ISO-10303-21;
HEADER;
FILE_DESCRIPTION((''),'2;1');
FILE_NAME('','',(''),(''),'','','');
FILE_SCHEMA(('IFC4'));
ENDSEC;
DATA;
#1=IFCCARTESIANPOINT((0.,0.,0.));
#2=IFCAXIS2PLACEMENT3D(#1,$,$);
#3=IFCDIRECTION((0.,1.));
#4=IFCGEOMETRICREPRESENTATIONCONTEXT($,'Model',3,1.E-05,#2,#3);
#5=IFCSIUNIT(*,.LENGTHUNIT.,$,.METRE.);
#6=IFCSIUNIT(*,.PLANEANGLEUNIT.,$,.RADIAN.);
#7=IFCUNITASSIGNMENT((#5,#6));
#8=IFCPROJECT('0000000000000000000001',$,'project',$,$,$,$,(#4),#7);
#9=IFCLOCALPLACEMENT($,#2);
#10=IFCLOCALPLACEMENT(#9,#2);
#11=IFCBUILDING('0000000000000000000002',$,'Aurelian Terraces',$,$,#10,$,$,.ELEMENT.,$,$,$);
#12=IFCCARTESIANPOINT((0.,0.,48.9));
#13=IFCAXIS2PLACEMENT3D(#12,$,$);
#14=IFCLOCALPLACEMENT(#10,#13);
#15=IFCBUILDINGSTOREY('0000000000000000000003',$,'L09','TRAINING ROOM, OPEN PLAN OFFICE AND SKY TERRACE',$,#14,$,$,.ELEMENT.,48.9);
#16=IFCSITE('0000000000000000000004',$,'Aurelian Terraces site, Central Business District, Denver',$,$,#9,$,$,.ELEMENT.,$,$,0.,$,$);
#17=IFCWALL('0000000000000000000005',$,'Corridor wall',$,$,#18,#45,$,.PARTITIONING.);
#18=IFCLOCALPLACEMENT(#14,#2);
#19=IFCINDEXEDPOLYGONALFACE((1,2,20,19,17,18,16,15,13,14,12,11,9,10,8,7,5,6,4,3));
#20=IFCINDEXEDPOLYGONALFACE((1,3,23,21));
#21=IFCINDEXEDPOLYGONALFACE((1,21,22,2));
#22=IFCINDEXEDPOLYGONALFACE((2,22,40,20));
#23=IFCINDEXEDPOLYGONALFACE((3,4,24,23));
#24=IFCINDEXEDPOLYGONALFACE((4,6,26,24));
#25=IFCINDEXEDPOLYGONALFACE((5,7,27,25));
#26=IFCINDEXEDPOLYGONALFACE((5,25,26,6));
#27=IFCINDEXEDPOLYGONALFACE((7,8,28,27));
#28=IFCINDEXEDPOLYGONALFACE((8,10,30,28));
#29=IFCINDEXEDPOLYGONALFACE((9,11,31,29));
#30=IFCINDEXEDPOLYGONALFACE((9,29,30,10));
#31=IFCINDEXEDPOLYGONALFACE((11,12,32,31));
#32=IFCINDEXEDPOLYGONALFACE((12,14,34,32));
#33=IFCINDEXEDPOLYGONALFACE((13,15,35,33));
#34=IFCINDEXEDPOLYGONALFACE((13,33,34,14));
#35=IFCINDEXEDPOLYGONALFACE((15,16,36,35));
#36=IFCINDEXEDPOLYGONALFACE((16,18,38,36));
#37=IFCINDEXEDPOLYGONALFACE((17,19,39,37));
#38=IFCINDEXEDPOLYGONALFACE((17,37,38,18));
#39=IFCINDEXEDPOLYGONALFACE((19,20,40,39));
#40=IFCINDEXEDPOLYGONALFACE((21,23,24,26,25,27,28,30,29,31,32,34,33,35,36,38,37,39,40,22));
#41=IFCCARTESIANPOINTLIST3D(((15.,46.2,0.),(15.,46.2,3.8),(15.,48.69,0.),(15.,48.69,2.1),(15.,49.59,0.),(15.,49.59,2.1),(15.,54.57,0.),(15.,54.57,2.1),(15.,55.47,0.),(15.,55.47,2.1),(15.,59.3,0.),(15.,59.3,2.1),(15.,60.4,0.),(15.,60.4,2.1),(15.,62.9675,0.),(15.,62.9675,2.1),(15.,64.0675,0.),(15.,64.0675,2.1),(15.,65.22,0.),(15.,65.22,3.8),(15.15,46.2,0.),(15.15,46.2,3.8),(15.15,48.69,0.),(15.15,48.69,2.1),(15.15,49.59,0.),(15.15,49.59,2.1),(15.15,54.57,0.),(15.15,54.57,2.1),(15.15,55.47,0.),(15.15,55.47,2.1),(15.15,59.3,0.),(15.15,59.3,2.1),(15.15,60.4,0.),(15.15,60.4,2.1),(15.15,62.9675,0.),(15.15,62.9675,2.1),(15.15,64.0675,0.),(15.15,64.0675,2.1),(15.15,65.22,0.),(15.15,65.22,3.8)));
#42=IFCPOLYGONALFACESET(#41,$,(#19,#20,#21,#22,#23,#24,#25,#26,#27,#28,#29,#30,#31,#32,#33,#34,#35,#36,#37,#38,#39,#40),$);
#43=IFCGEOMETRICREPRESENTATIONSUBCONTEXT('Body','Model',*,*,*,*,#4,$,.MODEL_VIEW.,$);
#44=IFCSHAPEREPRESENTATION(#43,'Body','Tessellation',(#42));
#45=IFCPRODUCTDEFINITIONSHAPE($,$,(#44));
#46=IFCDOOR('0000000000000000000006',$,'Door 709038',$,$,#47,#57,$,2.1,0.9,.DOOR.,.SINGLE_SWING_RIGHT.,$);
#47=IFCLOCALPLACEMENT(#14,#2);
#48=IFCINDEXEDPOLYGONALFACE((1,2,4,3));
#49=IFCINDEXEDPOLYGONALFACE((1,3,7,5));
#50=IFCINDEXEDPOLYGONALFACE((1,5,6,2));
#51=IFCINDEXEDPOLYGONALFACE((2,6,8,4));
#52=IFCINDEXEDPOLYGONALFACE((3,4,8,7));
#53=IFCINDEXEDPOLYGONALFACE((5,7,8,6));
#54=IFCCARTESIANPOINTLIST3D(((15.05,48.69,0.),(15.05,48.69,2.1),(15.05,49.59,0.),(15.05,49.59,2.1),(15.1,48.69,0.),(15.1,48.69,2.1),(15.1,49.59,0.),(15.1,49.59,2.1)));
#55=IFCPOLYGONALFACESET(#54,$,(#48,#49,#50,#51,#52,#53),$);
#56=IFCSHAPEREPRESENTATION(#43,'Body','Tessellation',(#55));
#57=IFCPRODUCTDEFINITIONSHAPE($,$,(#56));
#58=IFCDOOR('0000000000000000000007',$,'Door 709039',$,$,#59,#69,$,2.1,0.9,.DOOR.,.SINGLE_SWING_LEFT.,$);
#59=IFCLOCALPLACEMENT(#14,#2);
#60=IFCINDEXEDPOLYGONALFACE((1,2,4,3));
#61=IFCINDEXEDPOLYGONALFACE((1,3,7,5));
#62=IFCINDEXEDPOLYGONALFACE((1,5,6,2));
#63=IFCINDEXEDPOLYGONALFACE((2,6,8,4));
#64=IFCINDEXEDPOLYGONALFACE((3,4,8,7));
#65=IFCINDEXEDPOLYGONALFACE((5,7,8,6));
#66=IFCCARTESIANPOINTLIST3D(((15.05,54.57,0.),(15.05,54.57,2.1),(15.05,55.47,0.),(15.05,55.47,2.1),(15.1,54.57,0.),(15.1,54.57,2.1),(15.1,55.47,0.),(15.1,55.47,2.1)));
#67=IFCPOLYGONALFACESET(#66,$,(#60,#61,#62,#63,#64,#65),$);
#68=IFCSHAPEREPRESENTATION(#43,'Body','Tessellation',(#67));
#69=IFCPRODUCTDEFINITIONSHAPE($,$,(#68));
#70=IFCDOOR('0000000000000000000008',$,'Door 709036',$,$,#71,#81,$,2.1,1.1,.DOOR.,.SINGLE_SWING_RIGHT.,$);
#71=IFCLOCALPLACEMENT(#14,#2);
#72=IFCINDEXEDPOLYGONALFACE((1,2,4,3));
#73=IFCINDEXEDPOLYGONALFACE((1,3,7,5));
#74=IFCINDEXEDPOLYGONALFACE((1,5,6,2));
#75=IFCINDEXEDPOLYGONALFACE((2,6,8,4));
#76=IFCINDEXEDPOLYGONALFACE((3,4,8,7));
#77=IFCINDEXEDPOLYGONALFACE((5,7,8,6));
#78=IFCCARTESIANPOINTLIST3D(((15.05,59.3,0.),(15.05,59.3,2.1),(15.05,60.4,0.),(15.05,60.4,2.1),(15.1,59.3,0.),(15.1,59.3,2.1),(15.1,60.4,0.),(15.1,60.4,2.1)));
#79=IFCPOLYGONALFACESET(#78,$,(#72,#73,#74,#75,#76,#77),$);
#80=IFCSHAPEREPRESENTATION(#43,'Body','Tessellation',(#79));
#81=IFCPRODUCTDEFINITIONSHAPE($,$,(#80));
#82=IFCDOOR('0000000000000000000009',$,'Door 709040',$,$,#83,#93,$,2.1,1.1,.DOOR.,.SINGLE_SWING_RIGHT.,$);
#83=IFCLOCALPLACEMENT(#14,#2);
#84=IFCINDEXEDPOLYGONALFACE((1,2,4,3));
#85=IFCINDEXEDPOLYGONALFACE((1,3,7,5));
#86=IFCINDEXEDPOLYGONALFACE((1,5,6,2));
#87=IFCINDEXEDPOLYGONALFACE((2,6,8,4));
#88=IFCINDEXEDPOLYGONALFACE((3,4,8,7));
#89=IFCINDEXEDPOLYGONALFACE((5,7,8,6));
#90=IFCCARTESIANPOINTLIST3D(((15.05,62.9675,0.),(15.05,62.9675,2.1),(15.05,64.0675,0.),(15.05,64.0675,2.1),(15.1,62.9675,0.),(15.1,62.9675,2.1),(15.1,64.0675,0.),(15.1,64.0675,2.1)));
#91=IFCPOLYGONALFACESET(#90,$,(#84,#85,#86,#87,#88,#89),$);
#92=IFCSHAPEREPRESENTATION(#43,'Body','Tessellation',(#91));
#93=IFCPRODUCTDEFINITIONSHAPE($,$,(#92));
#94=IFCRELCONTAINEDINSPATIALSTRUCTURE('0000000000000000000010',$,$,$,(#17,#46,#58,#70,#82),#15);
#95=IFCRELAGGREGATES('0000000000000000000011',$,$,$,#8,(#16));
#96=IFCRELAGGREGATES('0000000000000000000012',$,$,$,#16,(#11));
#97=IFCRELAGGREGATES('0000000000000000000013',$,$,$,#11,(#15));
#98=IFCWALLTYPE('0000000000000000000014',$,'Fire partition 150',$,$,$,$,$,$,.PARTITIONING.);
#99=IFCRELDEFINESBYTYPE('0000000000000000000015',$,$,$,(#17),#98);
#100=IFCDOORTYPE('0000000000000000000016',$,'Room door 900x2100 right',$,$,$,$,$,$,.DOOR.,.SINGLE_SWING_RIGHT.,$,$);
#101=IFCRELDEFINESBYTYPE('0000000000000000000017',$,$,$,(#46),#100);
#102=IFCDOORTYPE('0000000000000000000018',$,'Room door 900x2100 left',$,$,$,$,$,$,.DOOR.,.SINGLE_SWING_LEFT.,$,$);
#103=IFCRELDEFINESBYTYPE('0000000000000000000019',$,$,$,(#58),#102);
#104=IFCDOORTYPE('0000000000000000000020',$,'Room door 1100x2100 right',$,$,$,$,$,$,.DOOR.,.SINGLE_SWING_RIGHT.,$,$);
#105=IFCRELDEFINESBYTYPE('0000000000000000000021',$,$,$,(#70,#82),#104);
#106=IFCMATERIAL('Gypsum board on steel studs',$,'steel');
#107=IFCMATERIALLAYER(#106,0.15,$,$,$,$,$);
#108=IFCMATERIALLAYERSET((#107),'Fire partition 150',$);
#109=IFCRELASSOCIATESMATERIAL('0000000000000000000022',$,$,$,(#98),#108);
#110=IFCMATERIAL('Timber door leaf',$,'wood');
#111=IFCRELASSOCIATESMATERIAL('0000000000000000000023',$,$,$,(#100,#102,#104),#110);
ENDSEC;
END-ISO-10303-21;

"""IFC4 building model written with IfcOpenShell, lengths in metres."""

from ifc_helpers import new_model, si_unit, direction, frame, frame_2d, origin, place, context, subcontext, project, spatial, rectangle, extrude, source, transform, mapped, material, layer, layer_set, type_object, element, fill, save


model = new_model("IFC4")

# Units and contexts
model_context = context("Model", 3, precision=1e-05, world=origin(), true_north=direction((0.0, 1.0)))
body_context = subcontext(model_context, "Body", "Model", "MODEL_VIEW")
ifc_project = project(units=[si_unit("LENGTHUNIT", "METRE"), si_unit("PLANEANGLEUNIT", "RADIAN")], contexts=[model_context])

# Site, building, storey
site_placement = place(None, origin())
site = spatial("IfcSite", under=ifc_project, at=site_placement, Name="Aurelian Terraces site, Central Business District, Denver", CompositionType="ELEMENT", RefElevation=0.0)
building_placement = place(site_placement, origin())
building = spatial("IfcBuilding", under=site, at=building_placement, Name="Aurelian Terraces", CompositionType="ELEMENT")
storey_placement = place(building_placement, frame((0.0, 0.0, 48.9)))
storey = spatial("IfcBuildingStorey", under=building, at=storey_placement, Name="L09", Description="TRAINING ROOM, OPEN PLAN OFFICE AND SKY TERRACE", CompositionType="ELEMENT", Elevation=48.9)

# Shared definitions
ifc_material_1 = material(Name="Gypsum board on steel studs", Category="steel")

# Wall, openings, doors
shared_shape_1 = source(origin(), body_context, "Body", "SweptSolid", [
    extrude(rectangle(XDim=19.02, YDim=0.15, at=frame_2d((9.51, 0.0))), origin(), (0.0, 0.0, 1.0), 3.8),
])
shared_shape_2 = source(origin(), body_context, "Body", "SweptSolid", [
    extrude(rectangle(XDim=1.1, YDim=2.1, at=frame_2d((0.55, 1.05))), frame((0.0, 0.085, 0.0), z_axis=(0.0, -1.0, 0.0), x_axis=(1.0, 0.0, 0.0)), (0.0, 0.0, 1.0), 0.17),
])
ifc_material_2 = material(Name="Timber door leaf", Category="wood")
shared_shape_3 = source(origin(), body_context, "Body", "SweptSolid", [
    extrude(rectangle(XDim=1.1, YDim=2.1, at=frame_2d((0.55, 1.05))), frame((0.0, 0.025, 0.0), z_axis=(0.0, -1.0, 0.0), x_axis=(1.0, 0.0, 0.0)), (0.0, 0.0, 1.0), 0.05),
])
ifc_layer_1 = layer(ifc_material_1, 0.15)
ifc_layer_set_1 = layer_set([ifc_layer_1], Name="Fire partition 150")
wall_type_1 = type_object("IfcWallType", Name="Fire partition 150", PredefinedType="PARTITIONING", material=ifc_layer_set_1)
wall_1_placement = place(storey_placement, frame((15.075, 46.2, 0.0), z_axis=(0.0, 0.0, 1.0), x_axis=(0.0, 1.0, 0.0)))
wall_1 = element("IfcWall", 1, at=wall_1_placement, inside=storey, type_object=wall_type_1, Name="Corridor wall", PredefinedType="PARTITIONING", context=body_context, shape_type="MappedRepresentation", body=[
    mapped(shared_shape_1, transform((0.0, 0.0, 0.0), scale=1.0)),
])
opening_1_placement = place(wall_1_placement, frame((13.1, 0.0, 0.0)))
opening_1 = element("IfcOpeningElement", 2, at=opening_1_placement, cuts=wall_1, PredefinedType="OPENING", context=body_context, shape_type="MappedRepresentation", body=[
    mapped(shared_shape_2, transform((0.0, 0.0, 0.0), scale=1.0)),
])
shared_shape_4 = source(origin(), body_context, "Body", "SweptSolid", [
    extrude(rectangle(XDim=0.9, YDim=2.1, at=frame_2d((0.45, 1.05))), frame((0.0, 0.085, 0.0), z_axis=(0.0, -1.0, 0.0), x_axis=(1.0, 0.0, 0.0)), (0.0, 0.0, 1.0), 0.17),
])
opening_2_placement = place(wall_1_placement, frame((2.49, 0.0, 0.0)))
opening_2 = element("IfcOpeningElement", 3, at=opening_2_placement, cuts=wall_1, PredefinedType="OPENING", context=body_context, shape_type="MappedRepresentation", body=[
    mapped(shared_shape_4, transform((0.0, 0.0, 0.0), scale=1.0)),
])
opening_3_placement = place(wall_1_placement, frame((8.37, 0.0, 0.0)))
opening_3 = element("IfcOpeningElement", 4, at=opening_3_placement, cuts=wall_1, PredefinedType="OPENING", context=body_context, shape_type="MappedRepresentation", body=[
    mapped(shared_shape_4, transform((0.0, 0.0, 0.0), scale=1.0)),
])
opening_4_placement = place(wall_1_placement, frame((16.7675, 0.0, 0.0)))
opening_4 = element("IfcOpeningElement", 5, at=opening_4_placement, cuts=wall_1, PredefinedType="OPENING", context=body_context, shape_type="MappedRepresentation", body=[
    mapped(shared_shape_2, transform((0.0, 0.0, 0.0), scale=1.0)),
])
door_type_1 = type_object("IfcDoorType", Name="Room door 900x2100 right", OperationType="SINGLE_SWING_RIGHT", PredefinedType="DOOR", material=ifc_material_2)
shared_shape_5 = source(origin(), body_context, "Body", "SweptSolid", [
    extrude(rectangle(XDim=0.9, YDim=2.1, at=frame_2d((0.45, 1.05))), frame((0.0, 0.025, 0.0), z_axis=(0.0, -1.0, 0.0), x_axis=(1.0, 0.0, 0.0)), (0.0, 0.0, 1.0), 0.05),
])
door_1_placement = place(opening_2_placement, origin())
door_1 = element("IfcDoor", 6, at=door_1_placement, inside=storey, type_object=door_type_1, Name="Door 709038", OperationType="SINGLE_SWING_RIGHT", OverallHeight=2.1, OverallWidth=0.9, PredefinedType="DOOR", context=body_context, shape_type="MappedRepresentation", body=[
    mapped(shared_shape_5, transform((0.0, 0.0, 0.0), scale=1.0)),
])
fill(opening_2, door_1)
door_type_2 = type_object("IfcDoorType", Name="Room door 900x2100 left", OperationType="SINGLE_SWING_LEFT", PredefinedType="DOOR", material=ifc_material_2)
door_2_placement = place(opening_3_placement, origin())
door_2 = element("IfcDoor", 7, at=door_2_placement, inside=storey, type_object=door_type_2, Name="Door 709039", OperationType="SINGLE_SWING_LEFT", OverallHeight=2.1, OverallWidth=0.9, PredefinedType="DOOR", context=body_context, shape_type="MappedRepresentation", body=[
    mapped(shared_shape_5, transform((0.0, 0.0, 0.0), scale=1.0)),
])
fill(opening_3, door_2)
door_type_3 = type_object("IfcDoorType", Name="Room door 1100x2100 right", OperationType="SINGLE_SWING_RIGHT", PredefinedType="DOOR", material=ifc_material_2)
door_3_placement = place(opening_1_placement, origin())
door_3 = element("IfcDoor", 8, at=door_3_placement, inside=storey, type_object=door_type_3, Name="Door 709036", OperationType="SINGLE_SWING_RIGHT", OverallHeight=2.1, OverallWidth=1.1, PredefinedType="DOOR", context=body_context, shape_type="MappedRepresentation", body=[
    mapped(shared_shape_3, transform((0.0, 0.0, 0.0), scale=1.0)),
])
fill(opening_1, door_3)
door_4_placement = place(opening_4_placement, origin())
door_4 = element("IfcDoor", 9, at=door_4_placement, inside=storey, type_object=door_type_3, Name="Door 709040", OperationType="SINGLE_SWING_RIGHT", OverallHeight=2.1, OverallWidth=1.1, PredefinedType="DOOR", context=body_context, shape_type="MappedRepresentation", body=[
    mapped(shared_shape_3, transform((0.0, 0.0, 0.0), scale=1.0)),
])
fill(opening_4, door_4)

save(model, "model.ifc")
